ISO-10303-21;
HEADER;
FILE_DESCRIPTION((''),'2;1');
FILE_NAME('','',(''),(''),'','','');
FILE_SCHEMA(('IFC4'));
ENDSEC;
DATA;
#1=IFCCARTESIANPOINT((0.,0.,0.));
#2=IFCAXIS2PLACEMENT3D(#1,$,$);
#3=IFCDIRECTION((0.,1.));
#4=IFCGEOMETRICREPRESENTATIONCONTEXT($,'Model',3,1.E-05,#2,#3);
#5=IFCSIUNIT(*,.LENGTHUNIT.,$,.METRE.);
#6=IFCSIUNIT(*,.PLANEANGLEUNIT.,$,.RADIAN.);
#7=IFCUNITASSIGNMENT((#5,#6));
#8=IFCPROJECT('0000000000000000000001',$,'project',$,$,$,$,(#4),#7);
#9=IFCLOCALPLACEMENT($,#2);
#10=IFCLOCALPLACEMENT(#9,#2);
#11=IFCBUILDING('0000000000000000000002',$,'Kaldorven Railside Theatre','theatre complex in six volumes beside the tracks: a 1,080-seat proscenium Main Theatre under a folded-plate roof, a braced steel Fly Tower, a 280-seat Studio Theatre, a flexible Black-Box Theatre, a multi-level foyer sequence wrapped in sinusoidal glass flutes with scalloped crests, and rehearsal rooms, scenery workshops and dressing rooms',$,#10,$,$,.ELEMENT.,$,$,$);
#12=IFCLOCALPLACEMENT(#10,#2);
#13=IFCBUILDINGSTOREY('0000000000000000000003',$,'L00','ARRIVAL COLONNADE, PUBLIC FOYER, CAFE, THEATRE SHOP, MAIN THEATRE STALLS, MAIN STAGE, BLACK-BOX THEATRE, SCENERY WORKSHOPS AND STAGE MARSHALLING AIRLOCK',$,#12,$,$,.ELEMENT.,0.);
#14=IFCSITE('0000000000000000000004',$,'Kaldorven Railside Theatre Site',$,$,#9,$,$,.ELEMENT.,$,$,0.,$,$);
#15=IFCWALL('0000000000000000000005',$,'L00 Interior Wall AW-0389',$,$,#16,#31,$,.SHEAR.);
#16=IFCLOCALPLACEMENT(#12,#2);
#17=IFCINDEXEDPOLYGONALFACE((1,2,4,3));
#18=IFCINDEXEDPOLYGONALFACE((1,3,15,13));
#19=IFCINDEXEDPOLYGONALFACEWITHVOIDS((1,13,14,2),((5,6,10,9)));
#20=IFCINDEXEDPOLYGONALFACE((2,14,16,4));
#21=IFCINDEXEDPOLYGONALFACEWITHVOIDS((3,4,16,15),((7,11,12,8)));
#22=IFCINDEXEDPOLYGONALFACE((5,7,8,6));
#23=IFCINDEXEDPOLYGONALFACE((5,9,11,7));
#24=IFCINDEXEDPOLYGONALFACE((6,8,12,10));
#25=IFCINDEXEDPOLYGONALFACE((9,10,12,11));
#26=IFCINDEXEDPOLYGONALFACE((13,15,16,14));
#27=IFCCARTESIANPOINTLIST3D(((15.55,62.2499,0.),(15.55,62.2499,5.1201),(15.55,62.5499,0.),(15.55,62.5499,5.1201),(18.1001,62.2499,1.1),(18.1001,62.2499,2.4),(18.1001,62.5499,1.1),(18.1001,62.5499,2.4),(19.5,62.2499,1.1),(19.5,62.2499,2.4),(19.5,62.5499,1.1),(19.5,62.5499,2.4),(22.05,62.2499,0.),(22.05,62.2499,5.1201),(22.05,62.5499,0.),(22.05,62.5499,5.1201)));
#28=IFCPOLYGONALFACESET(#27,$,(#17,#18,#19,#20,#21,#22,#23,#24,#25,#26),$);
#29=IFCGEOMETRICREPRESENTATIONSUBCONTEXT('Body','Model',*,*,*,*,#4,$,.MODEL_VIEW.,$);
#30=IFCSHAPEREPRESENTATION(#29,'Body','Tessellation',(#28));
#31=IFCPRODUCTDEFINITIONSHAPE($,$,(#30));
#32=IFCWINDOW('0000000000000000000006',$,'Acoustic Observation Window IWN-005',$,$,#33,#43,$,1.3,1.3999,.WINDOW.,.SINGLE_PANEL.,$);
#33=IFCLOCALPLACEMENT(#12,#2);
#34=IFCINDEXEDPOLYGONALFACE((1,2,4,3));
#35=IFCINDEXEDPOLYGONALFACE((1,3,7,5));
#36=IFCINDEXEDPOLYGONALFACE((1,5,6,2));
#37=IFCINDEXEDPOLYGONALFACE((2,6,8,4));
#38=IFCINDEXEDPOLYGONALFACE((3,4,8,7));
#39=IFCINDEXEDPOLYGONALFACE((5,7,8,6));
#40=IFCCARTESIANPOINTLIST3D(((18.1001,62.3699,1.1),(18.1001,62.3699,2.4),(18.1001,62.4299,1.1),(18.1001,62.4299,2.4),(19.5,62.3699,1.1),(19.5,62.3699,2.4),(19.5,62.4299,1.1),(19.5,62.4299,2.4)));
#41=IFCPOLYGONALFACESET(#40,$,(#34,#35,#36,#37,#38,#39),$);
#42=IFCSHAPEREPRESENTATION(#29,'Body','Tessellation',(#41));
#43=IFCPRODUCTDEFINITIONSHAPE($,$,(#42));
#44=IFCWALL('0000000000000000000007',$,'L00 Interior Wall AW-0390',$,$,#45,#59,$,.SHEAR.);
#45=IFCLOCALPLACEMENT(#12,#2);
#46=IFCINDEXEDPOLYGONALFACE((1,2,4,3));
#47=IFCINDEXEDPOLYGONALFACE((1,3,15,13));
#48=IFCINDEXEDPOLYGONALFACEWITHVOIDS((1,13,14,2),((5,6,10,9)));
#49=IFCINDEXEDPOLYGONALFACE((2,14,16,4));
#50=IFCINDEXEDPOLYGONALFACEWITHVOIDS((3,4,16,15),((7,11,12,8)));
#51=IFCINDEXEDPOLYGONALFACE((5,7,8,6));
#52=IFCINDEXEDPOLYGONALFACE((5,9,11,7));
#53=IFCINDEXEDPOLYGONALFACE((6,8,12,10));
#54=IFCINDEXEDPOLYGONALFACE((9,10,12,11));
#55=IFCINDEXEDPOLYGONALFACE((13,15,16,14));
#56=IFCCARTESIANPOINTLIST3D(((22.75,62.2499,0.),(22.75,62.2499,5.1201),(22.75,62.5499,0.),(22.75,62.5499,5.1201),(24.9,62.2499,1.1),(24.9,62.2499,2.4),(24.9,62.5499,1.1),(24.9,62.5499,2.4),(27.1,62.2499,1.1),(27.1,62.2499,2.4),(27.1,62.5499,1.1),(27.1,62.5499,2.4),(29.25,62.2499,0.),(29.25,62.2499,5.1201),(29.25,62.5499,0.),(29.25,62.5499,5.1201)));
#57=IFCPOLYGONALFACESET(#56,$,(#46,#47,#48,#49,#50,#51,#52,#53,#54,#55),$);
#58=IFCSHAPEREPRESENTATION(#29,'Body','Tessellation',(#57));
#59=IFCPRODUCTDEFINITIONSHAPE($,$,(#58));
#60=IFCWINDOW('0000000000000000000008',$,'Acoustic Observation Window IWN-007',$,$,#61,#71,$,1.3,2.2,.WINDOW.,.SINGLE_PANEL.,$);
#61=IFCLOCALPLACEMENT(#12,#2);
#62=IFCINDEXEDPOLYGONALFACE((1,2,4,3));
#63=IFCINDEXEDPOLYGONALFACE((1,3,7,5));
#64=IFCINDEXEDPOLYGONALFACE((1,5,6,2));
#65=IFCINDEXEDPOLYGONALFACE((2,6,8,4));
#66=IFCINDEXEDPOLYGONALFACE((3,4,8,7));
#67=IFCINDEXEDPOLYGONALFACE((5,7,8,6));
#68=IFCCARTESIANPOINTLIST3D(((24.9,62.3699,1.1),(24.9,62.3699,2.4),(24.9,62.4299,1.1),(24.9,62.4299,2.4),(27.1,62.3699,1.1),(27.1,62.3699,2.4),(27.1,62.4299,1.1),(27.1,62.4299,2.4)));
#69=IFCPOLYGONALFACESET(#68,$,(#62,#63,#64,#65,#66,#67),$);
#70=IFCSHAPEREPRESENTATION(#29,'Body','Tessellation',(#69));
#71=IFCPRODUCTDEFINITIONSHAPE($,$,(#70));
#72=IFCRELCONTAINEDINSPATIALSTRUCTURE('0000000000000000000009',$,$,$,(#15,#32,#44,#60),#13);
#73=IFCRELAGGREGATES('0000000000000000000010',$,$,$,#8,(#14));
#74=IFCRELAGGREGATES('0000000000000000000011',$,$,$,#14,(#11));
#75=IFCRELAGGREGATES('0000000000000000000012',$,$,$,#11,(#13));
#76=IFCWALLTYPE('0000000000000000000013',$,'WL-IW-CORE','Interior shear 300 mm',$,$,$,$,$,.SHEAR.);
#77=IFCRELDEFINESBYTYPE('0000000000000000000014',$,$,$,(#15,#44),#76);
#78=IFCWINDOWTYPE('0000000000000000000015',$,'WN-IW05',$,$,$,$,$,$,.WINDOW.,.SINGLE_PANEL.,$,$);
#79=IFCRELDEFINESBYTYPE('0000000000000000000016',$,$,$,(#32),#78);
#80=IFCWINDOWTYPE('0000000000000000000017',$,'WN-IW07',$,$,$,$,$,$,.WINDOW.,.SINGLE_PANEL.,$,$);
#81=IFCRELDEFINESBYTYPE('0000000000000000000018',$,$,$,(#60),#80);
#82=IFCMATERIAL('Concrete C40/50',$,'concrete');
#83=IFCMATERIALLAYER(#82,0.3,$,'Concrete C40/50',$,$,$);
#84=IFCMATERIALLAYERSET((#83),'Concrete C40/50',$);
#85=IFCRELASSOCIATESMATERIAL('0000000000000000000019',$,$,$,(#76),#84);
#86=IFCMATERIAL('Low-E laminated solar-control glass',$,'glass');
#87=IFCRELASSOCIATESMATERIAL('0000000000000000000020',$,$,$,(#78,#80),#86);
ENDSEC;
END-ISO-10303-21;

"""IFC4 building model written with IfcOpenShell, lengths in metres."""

from ifc_helpers import new_model, si_unit, direction, frame, frame_2d, origin, place, context, subcontext, project, spatial, rectangle, extrude, material, layer, layer_set, type_object, element, fill, save


model = new_model("IFC4")

# Units and contexts
model_context = context("Model", 3, precision=1e-05, world=origin(), true_north=direction((0.0, 1.0)))
body_context = subcontext(model_context, "Body", "Model", "MODEL_VIEW")
ifc_project = project(units=[si_unit("LENGTHUNIT", "METRE"), si_unit("PLANEANGLEUNIT", "RADIAN")], contexts=[model_context])

# Site, building, storey
site_placement = place(None, origin())
site = spatial("IfcSite", under=ifc_project, at=site_placement, Name="Kaldorven Railside Theatre Site", CompositionType="ELEMENT", RefElevation=0.0)
building_placement = place(site_placement, origin())
building = spatial("IfcBuilding", under=site, at=building_placement, Name="Kaldorven Railside Theatre", Description="theatre complex in six volumes beside the tracks: a 1,080-seat proscenium Main Theatre under a folded-plate roof, a braced steel Fly Tower, a 280-seat Studio Theatre, a flexible Black-Box Theatre, a multi-level foyer sequence wrapped in sinusoidal glass flutes with scalloped crests, and rehearsal rooms, scenery workshops and dressing rooms", CompositionType="ELEMENT")
storey_placement = place(building_placement, origin())
storey = spatial("IfcBuildingStorey", under=building, at=storey_placement, Name="L00", Description="ARRIVAL COLONNADE, PUBLIC FOYER, CAFE, THEATRE SHOP, MAIN THEATRE STALLS, MAIN STAGE, BLACK-BOX THEATRE, SCENERY WORKSHOPS AND STAGE MARSHALLING AIRLOCK", CompositionType="ELEMENT", Elevation=0.0)

# Shared definitions
ifc_material_1 = material(Name="Concrete C40/50", Category="concrete")

# Shared definitions
ifc_layer_1 = layer(ifc_material_1, 0.3, Name="Concrete C40/50")
ifc_layer_set_1 = layer_set([ifc_layer_1], Name="Concrete C40/50")
wall_type_1 = type_object("IfcWallType", Name="WL-IW-CORE", Description="Interior shear 300 mm", PredefinedType="SHEAR", material=ifc_layer_set_1)

# Walls, openings, windows
wall_1_placement = place(storey_placement, frame((15.55, 62.3999, 0.0), z_axis=(0.0, 0.0, 1.0), x_axis=(1.0, 0.0, 0.0)))
wall_1 = element("IfcWall", 1, at=wall_1_placement, inside=storey, type_object=wall_type_1, Name="L00 Interior Wall AW-0389", PredefinedType="SHEAR", context=body_context, shape_type="SweptSolid", body=[
    extrude(rectangle(XDim=6.5, YDim=0.3, at=frame_2d((3.25, 0.0))), origin(), (0.0, 0.0, 1.0), 5.1201),
])
opening_1_placement = place(wall_1_placement, frame((2.55, 0.0, 1.1001)))
opening_1 = element("IfcOpeningElement", 2, at=opening_1_placement, cuts=wall_1, PredefinedType="OPENING", context=body_context, shape_type="SweptSolid", body=[
    extrude(rectangle(XDim=1.3999, YDim=1.3, at=frame_2d((0.7, 0.6499))), frame((0.0, 0.1602, 0.0), z_axis=(0.0, -1.0, 0.0), x_axis=(1.0, 0.0, 0.0)), (0.0, 0.0, 1.0), 0.3201),
])
ifc_material_2 = material(Name="Low-E laminated solar-control glass", Category="glass")
window_type_1 = type_object("IfcWindowType", Name="WN-IW05", PartitioningType="SINGLE_PANEL", PredefinedType="WINDOW", material=ifc_material_2)
window_1_placement = place(opening_1_placement, origin())
window_1 = element("IfcWindow", 3, at=window_1_placement, inside=storey, type_object=window_type_1, Name="Acoustic Observation Window IWN-005", OverallHeight=1.3, OverallWidth=1.3999, PartitioningType="SINGLE_PANEL", PredefinedType="WINDOW", context=body_context, shape_type="SweptSolid", body=[
    extrude(rectangle(XDim=1.3999, YDim=1.3, at=frame_2d((0.7, 0.6499))), frame((0.0, 0.03, 0.0), z_axis=(0.0, -1.0, 0.0), x_axis=(1.0, 0.0, 0.0)), (0.0, 0.0, 1.0), 0.0601),
])
fill(opening_1, window_1)
wall_2_placement = place(storey_placement, frame((22.75, 62.3999, 0.0), z_axis=(0.0, 0.0, 1.0), x_axis=(1.0, 0.0, 0.0)))
wall_2 = element("IfcWall", 4, at=wall_2_placement, inside=storey, type_object=wall_type_1, Name="L00 Interior Wall AW-0390", PredefinedType="SHEAR", context=body_context, shape_type="SweptSolid", body=[
    extrude(rectangle(XDim=6.5, YDim=0.3, at=frame_2d((3.25, 0.0))), origin(), (0.0, 0.0, 1.0), 5.1201),
])
opening_2_placement = place(wall_2_placement, frame((2.1499, 0.0, 1.1001)))
opening_2 = element("IfcOpeningElement", 5, at=opening_2_placement, cuts=wall_2, PredefinedType="OPENING", context=body_context, shape_type="SweptSolid", body=[
    extrude(rectangle(XDim=2.2, YDim=1.3, at=frame_2d((1.1001, 0.6499))), frame((0.0, 0.1602, 0.0), z_axis=(0.0, -1.0, 0.0), x_axis=(1.0, 0.0, 0.0)), (0.0, 0.0, 1.0), 0.3201),
])
window_type_2 = type_object("IfcWindowType", Name="WN-IW07", PartitioningType="SINGLE_PANEL", PredefinedType="WINDOW", material=ifc_material_2)
window_2_placement = place(opening_2_placement, origin())
window_2 = element("IfcWindow", 6, at=window_2_placement, inside=storey, type_object=window_type_2, Name="Acoustic Observation Window IWN-007", OverallHeight=1.3, OverallWidth=2.2, PartitioningType="SINGLE_PANEL", PredefinedType="WINDOW", context=body_context, shape_type="SweptSolid", body=[
    extrude(rectangle(XDim=2.2, YDim=1.3, at=frame_2d((1.1001, 0.6499))), frame((0.0, 0.03, 0.0), z_axis=(0.0, -1.0, 0.0), x_axis=(1.0, 0.0, 0.0)), (0.0, 0.0, 1.0), 0.0601),
])
fill(opening_2, window_2)

save(model, "model.ifc")
